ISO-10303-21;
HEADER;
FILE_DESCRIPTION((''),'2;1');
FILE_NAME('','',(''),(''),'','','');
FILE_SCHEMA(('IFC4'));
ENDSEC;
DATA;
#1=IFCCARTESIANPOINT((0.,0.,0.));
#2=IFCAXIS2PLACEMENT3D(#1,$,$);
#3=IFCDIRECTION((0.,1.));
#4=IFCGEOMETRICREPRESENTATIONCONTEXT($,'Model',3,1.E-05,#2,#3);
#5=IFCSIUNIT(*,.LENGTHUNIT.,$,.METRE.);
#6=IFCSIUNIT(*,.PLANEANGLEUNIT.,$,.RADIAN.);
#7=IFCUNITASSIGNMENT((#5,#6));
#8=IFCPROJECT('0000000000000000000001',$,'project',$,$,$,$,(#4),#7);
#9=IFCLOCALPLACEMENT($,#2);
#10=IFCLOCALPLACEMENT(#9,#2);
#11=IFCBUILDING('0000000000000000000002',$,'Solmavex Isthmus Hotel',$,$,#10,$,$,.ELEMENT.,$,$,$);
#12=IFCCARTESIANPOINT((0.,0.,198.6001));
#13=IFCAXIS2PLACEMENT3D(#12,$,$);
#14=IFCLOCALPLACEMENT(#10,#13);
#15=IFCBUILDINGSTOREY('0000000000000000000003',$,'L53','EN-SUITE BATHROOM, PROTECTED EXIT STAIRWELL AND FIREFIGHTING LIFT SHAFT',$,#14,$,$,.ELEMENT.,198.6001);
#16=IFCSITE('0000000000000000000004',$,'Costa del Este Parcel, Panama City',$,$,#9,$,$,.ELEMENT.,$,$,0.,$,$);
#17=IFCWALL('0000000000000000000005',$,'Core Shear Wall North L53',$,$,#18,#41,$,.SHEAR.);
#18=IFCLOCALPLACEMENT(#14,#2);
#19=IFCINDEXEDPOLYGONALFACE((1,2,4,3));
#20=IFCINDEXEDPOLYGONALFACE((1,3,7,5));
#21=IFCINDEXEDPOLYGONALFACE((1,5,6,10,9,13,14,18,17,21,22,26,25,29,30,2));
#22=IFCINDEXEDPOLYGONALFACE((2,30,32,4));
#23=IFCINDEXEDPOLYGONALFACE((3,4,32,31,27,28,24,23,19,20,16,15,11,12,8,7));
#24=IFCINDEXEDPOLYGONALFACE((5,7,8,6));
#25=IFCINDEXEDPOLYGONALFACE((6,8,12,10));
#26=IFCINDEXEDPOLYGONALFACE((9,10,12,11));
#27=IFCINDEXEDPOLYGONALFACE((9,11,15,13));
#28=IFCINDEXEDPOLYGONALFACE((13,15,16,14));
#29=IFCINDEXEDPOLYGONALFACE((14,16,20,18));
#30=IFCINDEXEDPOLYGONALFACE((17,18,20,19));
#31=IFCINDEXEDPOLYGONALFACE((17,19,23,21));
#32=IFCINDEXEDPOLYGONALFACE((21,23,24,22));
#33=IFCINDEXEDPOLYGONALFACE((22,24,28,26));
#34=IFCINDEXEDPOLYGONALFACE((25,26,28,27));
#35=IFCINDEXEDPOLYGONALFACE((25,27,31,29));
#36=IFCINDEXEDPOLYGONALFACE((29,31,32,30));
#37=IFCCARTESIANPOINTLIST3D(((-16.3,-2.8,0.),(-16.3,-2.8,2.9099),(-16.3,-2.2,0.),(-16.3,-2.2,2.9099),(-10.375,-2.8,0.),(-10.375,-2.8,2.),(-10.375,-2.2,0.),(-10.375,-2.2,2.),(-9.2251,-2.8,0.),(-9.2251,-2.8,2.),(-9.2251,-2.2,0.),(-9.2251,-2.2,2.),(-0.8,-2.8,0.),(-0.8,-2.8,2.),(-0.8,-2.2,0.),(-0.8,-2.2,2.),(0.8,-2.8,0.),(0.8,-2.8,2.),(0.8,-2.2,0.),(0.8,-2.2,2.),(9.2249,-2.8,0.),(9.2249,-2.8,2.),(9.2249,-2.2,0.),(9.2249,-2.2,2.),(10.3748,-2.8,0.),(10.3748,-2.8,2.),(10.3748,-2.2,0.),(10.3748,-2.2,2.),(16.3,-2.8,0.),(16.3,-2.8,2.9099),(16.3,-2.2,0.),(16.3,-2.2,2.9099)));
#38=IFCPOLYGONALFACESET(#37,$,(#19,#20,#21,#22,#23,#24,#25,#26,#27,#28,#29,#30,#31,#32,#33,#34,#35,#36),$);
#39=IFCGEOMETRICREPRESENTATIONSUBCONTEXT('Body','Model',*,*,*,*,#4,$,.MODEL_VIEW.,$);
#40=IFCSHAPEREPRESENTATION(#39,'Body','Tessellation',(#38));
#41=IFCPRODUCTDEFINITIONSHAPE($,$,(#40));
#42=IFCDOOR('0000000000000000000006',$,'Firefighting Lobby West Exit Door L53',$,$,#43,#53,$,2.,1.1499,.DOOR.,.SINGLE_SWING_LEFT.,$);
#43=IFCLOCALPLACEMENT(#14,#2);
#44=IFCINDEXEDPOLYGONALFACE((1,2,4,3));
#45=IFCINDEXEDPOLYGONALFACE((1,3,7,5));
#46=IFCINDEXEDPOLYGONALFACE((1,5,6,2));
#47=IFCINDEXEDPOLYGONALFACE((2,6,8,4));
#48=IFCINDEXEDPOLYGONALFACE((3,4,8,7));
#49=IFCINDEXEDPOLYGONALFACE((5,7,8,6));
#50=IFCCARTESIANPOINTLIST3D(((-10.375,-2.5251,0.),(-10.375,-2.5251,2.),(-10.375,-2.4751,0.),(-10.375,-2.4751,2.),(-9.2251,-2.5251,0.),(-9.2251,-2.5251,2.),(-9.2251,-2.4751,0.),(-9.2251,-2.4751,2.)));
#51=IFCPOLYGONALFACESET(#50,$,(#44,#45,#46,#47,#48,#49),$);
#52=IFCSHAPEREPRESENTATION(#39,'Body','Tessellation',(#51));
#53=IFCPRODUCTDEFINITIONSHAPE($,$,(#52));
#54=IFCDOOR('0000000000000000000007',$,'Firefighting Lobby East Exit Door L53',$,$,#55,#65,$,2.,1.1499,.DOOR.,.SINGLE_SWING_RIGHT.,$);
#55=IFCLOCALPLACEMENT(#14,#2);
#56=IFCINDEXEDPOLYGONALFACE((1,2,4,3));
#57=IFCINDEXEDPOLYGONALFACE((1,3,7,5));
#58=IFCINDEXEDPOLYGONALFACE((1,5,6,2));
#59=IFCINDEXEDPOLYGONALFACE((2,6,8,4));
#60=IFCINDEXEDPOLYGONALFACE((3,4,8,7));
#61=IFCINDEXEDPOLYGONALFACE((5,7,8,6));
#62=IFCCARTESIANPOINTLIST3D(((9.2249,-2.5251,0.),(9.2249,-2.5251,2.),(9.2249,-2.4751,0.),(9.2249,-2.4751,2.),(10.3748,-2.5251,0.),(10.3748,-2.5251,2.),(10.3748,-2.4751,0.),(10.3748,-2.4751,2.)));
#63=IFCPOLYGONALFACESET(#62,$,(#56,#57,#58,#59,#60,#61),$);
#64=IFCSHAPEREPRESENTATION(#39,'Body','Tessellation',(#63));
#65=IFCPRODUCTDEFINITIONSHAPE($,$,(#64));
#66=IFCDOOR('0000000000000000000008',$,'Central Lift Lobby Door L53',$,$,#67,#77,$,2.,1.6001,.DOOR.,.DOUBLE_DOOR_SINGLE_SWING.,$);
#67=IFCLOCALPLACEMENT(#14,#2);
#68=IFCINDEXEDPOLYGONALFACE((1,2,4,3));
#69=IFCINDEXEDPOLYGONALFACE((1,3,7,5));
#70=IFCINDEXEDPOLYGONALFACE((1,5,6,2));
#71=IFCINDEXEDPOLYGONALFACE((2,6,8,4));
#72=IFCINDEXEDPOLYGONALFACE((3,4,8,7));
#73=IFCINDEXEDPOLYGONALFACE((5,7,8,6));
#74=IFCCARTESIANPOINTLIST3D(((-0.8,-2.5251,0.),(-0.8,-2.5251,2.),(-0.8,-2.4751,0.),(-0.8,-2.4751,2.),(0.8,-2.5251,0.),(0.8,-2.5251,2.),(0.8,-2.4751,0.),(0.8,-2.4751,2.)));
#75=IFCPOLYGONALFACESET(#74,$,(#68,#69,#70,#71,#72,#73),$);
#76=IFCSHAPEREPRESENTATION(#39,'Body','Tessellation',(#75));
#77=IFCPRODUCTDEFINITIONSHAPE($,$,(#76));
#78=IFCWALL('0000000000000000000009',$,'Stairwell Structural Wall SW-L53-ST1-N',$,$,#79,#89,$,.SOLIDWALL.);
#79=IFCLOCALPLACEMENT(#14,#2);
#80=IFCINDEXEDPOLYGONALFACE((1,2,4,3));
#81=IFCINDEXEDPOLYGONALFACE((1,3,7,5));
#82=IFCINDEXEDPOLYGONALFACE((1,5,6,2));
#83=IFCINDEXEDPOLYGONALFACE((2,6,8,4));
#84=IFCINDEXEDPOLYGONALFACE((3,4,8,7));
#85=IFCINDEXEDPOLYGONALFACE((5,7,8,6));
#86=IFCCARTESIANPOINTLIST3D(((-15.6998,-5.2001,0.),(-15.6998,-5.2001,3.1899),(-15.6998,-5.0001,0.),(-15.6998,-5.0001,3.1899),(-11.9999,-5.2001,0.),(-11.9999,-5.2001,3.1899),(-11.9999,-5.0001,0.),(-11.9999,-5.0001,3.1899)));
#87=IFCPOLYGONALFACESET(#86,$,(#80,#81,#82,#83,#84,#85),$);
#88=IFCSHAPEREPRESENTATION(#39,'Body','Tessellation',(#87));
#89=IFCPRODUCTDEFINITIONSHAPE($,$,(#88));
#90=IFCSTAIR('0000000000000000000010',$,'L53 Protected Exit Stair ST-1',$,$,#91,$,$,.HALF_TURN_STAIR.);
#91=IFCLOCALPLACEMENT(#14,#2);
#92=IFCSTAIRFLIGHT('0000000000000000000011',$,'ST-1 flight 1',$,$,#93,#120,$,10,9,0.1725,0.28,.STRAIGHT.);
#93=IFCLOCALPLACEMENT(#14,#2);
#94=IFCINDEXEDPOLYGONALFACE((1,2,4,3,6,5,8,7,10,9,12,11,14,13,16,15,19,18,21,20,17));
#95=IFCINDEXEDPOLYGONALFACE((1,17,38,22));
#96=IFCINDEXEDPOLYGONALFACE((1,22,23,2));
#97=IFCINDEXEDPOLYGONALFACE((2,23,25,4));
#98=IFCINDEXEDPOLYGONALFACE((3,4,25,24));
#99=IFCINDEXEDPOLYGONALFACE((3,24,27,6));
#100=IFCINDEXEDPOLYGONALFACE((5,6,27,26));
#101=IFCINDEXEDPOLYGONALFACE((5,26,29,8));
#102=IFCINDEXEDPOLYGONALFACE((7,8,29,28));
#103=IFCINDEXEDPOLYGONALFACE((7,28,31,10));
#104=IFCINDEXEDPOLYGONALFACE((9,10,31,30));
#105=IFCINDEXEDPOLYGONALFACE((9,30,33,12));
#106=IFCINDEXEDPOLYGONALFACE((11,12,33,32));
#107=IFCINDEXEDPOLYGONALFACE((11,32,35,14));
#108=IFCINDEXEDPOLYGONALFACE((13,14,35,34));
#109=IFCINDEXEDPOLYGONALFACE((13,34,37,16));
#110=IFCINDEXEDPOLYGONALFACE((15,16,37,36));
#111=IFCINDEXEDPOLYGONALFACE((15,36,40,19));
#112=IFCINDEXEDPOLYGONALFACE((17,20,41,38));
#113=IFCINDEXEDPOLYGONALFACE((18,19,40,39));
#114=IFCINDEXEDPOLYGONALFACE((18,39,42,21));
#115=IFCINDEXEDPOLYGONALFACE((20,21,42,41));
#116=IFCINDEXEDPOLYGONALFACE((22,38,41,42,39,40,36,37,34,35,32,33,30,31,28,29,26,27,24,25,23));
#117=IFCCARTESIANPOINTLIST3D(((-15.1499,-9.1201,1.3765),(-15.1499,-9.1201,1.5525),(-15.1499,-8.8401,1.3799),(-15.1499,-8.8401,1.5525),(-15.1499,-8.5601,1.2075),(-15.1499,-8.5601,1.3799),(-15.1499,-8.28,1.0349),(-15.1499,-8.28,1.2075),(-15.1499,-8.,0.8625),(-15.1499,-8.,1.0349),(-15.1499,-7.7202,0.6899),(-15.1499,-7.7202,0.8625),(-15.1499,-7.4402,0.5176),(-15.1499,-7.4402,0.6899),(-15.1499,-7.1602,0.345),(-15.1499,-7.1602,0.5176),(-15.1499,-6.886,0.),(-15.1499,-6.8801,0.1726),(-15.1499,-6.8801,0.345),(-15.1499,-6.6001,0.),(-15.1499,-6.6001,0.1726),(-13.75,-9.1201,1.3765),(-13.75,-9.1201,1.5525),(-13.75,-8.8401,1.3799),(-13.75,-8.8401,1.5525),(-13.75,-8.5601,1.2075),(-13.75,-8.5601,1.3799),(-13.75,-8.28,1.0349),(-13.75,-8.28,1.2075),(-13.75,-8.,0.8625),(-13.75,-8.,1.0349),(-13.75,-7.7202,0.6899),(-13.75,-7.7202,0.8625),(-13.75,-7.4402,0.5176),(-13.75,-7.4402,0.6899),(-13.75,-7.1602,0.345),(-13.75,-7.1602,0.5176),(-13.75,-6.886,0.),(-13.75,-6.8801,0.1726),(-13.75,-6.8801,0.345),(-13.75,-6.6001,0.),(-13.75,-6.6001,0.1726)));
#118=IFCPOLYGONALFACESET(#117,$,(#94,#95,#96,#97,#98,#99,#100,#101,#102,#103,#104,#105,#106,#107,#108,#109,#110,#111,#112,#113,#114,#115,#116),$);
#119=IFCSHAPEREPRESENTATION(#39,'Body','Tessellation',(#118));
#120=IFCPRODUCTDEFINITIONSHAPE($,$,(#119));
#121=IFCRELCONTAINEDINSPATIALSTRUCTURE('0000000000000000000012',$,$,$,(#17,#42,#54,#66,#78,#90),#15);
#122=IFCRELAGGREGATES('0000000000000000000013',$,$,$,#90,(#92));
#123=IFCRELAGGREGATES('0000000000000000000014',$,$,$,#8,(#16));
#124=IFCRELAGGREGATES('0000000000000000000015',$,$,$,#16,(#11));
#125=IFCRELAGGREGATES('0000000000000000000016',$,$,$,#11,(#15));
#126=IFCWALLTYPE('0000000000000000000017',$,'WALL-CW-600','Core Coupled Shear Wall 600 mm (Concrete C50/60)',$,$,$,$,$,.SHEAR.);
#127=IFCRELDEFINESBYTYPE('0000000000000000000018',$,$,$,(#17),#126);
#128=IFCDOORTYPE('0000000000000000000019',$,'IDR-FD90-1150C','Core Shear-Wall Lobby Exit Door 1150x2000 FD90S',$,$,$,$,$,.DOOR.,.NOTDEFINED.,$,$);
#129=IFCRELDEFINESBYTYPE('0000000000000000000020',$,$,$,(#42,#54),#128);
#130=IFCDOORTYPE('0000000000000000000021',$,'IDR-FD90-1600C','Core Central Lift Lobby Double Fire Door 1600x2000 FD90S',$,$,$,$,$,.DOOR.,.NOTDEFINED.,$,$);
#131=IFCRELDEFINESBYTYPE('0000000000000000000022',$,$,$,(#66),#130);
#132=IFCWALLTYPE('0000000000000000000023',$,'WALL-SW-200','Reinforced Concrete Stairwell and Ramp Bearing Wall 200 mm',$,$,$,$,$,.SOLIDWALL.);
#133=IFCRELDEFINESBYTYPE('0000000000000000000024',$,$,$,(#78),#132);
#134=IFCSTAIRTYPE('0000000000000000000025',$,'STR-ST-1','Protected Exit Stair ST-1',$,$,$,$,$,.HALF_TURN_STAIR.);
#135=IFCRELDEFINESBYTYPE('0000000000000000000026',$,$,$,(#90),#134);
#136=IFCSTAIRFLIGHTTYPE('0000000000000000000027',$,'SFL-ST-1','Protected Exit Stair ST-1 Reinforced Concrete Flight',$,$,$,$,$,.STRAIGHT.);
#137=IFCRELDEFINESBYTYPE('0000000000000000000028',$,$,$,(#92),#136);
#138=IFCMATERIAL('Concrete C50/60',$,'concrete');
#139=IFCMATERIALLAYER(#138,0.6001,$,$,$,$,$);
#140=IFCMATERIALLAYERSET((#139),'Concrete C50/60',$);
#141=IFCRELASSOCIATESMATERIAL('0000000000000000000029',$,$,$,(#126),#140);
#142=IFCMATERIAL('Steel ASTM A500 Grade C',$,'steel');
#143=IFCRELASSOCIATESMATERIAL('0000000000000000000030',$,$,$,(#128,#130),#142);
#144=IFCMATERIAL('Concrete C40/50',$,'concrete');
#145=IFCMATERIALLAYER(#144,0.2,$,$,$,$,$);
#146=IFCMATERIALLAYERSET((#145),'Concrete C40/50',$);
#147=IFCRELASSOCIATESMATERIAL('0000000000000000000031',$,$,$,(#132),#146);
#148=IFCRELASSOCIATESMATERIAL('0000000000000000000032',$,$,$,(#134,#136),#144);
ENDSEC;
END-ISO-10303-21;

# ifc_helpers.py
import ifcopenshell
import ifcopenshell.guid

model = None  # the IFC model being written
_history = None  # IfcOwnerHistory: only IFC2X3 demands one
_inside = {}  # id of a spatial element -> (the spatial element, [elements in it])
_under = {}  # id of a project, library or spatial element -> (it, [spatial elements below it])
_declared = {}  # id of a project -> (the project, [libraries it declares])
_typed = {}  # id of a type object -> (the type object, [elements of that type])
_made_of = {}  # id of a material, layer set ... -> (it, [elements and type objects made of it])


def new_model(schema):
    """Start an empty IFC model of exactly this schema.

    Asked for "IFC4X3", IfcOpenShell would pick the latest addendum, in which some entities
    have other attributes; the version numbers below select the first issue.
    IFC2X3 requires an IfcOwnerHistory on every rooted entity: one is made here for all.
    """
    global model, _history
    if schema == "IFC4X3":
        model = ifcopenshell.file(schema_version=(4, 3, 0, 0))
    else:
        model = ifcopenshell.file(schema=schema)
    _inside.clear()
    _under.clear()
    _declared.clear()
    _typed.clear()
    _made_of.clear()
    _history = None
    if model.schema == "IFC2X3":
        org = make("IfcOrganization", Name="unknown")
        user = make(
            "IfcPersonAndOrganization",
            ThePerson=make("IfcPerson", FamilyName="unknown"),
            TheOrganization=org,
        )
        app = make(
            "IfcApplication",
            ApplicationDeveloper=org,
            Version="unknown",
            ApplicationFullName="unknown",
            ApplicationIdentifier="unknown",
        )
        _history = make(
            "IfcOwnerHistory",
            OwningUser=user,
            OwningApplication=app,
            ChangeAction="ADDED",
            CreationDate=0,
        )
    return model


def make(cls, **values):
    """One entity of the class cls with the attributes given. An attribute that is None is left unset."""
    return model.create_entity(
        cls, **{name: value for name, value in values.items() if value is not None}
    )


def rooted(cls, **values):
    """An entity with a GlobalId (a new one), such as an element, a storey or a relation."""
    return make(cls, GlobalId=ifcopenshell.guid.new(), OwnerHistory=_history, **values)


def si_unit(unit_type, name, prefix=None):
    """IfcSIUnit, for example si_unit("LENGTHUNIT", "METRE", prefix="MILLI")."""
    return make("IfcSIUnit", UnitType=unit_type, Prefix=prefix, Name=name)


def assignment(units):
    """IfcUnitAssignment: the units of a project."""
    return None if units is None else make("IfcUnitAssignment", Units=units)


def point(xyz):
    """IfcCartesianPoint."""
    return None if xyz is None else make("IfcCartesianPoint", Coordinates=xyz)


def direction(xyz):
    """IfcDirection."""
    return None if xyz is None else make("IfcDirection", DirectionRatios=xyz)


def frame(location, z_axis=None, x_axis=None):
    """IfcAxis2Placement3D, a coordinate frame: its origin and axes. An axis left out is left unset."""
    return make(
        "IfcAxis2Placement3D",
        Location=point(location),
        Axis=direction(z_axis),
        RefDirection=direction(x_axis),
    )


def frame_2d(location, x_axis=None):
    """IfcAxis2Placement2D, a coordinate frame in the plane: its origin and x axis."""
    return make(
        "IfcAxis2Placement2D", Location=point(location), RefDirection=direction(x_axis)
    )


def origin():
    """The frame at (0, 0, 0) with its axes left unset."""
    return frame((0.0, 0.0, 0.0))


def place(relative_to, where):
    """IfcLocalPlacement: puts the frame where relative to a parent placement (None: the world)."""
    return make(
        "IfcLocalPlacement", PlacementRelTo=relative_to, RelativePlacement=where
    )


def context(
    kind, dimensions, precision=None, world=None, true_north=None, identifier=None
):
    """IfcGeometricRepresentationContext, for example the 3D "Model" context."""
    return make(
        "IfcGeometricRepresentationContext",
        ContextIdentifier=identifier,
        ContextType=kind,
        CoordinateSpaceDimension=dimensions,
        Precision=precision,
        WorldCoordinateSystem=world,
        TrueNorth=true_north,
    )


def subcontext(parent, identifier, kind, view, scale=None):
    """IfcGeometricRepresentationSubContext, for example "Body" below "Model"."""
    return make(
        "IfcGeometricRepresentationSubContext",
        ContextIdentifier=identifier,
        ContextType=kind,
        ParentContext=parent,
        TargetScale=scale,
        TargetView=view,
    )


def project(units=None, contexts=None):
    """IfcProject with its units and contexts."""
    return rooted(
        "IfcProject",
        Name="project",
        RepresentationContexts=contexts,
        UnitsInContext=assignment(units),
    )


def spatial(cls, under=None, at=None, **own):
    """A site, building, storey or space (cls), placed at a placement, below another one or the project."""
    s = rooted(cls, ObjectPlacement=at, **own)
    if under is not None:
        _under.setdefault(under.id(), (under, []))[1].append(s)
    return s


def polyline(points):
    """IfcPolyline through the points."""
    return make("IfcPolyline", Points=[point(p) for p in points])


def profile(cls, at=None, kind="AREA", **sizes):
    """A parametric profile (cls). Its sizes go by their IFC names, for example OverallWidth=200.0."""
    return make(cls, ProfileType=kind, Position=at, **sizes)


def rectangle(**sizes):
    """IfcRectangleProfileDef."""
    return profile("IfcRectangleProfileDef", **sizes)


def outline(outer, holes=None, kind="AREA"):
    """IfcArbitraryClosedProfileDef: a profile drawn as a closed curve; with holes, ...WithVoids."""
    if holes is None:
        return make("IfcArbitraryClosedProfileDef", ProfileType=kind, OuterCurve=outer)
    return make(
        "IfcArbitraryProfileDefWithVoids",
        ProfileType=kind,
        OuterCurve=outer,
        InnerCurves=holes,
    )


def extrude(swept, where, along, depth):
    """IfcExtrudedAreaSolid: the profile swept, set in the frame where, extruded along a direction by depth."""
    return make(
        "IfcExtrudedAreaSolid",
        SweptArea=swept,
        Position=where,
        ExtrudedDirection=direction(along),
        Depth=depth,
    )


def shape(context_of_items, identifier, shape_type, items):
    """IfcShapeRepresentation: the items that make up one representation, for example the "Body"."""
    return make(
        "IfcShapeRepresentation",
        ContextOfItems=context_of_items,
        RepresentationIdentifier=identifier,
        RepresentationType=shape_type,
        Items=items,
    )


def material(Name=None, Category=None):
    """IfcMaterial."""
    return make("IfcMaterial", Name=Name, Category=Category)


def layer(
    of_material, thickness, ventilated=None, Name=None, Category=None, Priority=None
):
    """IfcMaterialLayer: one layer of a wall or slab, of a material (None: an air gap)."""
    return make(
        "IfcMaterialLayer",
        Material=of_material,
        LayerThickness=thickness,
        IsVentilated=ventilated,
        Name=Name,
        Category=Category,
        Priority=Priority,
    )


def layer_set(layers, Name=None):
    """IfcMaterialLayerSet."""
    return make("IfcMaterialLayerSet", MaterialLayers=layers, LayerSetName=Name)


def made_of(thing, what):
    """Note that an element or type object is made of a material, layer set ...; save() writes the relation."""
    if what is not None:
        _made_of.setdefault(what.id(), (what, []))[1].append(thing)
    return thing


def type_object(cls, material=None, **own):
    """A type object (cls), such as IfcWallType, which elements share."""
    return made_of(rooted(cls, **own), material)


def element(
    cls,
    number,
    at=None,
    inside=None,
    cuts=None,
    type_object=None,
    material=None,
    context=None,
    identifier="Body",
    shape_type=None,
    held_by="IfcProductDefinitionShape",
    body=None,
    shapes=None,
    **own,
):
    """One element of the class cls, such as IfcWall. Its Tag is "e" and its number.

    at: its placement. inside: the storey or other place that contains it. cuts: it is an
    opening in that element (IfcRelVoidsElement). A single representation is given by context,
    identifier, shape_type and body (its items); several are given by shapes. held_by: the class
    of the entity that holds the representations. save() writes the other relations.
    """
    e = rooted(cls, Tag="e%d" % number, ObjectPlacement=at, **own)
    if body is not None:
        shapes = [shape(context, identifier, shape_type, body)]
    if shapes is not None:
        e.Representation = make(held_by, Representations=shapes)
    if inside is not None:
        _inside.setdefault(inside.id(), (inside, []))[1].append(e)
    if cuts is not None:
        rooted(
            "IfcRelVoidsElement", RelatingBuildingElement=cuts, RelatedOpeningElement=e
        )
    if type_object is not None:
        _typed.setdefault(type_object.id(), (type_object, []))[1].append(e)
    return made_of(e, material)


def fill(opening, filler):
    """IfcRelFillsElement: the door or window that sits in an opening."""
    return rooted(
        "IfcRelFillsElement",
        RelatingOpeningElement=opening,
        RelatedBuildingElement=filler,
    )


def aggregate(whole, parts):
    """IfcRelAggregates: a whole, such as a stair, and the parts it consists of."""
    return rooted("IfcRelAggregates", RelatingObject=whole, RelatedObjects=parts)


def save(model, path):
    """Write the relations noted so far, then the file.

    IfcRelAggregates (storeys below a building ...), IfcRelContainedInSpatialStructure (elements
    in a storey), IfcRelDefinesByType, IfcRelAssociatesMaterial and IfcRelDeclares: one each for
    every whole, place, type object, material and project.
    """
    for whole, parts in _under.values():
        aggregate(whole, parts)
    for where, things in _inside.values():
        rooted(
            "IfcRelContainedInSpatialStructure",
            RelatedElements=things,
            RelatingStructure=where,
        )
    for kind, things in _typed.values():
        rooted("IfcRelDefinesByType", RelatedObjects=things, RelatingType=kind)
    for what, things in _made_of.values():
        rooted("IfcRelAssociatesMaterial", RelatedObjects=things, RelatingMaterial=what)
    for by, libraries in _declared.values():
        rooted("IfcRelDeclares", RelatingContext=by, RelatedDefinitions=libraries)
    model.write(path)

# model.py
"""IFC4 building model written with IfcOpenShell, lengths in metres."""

from ifc_helpers import new_model, si_unit, direction, frame, frame_2d, origin, place, context, subcontext, project, spatial, polyline, rectangle, outline, extrude, material, layer, layer_set, type_object, element, fill, aggregate, save


model = new_model("IFC4")

# Units and contexts
model_context = context("Model", 3, precision=1e-05, world=origin(), true_north=direction((0.0, 1.0)))
body_context = subcontext(model_context, "Body", "Model", "MODEL_VIEW")
ifc_project = project(units=[si_unit("LENGTHUNIT", "METRE"), si_unit("PLANEANGLEUNIT", "RADIAN")], contexts=[model_context])

# Site, building, storey
site_placement = place(None, origin())
site = spatial("IfcSite", under=ifc_project, at=site_placement, Name="Costa del Este Parcel, Panama City", CompositionType="ELEMENT", RefElevation=0.0)
building_placement = place(site_placement, origin())
building = spatial("IfcBuilding", under=site, at=building_placement, Name="Solmavex Isthmus Hotel", CompositionType="ELEMENT")
storey_placement = place(building_placement, frame((0.0, 0.0, 198.6001)))
storey = spatial("IfcBuildingStorey", under=building, at=storey_placement, Name="L53", Description="EN-SUITE BATHROOM, PROTECTED EXIT STAIRWELL AND FIREFIGHTING LIFT SHAFT", CompositionType="ELEMENT", Elevation=198.6001)

# Shared definitions
ifc_material_1 = material(Name="Concrete C50/60", Category="concrete")

# Shared definitions
ifc_material_2 = material(Name="Steel ASTM A500 Grade C", Category="steel")

# Wall, openings, doors
ifc_layer_1 = layer(ifc_material_1, 0.6001)
ifc_layer_set_1 = layer_set([ifc_layer_1], Name="Concrete C50/60")
wall_type_1 = type_object("IfcWallType", Name="WALL-CW-600", Description="Core Coupled Shear Wall 600 mm (Concrete C50/60)", PredefinedType="SHEAR", material=ifc_layer_set_1)
wall_1_placement = place(storey_placement, frame((-16.3, -2.5, 0.0), z_axis=(0.0, 0.0, 1.0), x_axis=(1.0, 0.0, 0.0)))
wall_1 = element("IfcWall", 1, at=wall_1_placement, inside=storey, type_object=wall_type_1, Name="Core Shear Wall North L53", PredefinedType="SHEAR", context=body_context, shape_type="SweptSolid", body=[
    extrude(rectangle(XDim=32.6001, YDim=0.6001, at=frame_2d((16.3, 0.0))), origin(), (0.0, 0.0, 1.0), 2.9099),
])
opening_1_placement = place(wall_1_placement, frame((5.925, 0.0, 0.0)))
opening_1 = element("IfcOpeningElement", 2, at=opening_1_placement, cuts=wall_1, PredefinedType="OPENING", context=body_context, shape_type="SweptSolid", body=[
    extrude(rectangle(XDim=1.1499, YDim=2.0, at=frame_2d((0.575, 1.0))), frame((0.0, 0.3101, 0.0), z_axis=(0.0, -1.0, 0.0), x_axis=(1.0, 0.0, 0.0)), (0.0, 0.0, 1.0), 0.6201),
])
opening_2_placement = place(wall_1_placement, frame((15.5, 0.0, 0.0)))
opening_2 = element("IfcOpeningElement", 3, at=opening_2_placement, cuts=wall_1, PredefinedType="OPENING", context=body_context, shape_type="SweptSolid", body=[
    extrude(rectangle(XDim=1.6001, YDim=2.0, at=frame_2d((0.8, 1.0))), frame((0.0, 0.3101, 0.0), z_axis=(0.0, -1.0, 0.0), x_axis=(1.0, 0.0, 0.0)), (0.0, 0.0, 1.0), 0.6201),
])
opening_3_placement = place(wall_1_placement, frame((25.5249, 0.0, 0.0)))
opening_3 = element("IfcOpeningElement", 4, at=opening_3_placement, cuts=wall_1, PredefinedType="OPENING", context=body_context, shape_type="SweptSolid", body=[
    extrude(rectangle(XDim=1.1499, YDim=2.0, at=frame_2d((0.575, 1.0))), frame((0.0, 0.3101, 0.0), z_axis=(0.0, -1.0, 0.0), x_axis=(1.0, 0.0, 0.0)), (0.0, 0.0, 1.0), 0.6201),
])
door_type_1 = type_object("IfcDoorType", Name="IDR-FD90-1150C", Description="Core Shear-Wall Lobby Exit Door 1150x2000 FD90S", OperationType="NOTDEFINED", PredefinedType="DOOR", material=ifc_material_2)
door_1_placement = place(opening_1_placement, origin())
door_1 = element("IfcDoor", 5, at=door_1_placement, inside=storey, type_object=door_type_1, Name="Firefighting Lobby West Exit Door L53", OperationType="SINGLE_SWING_LEFT", OverallHeight=2.0, OverallWidth=1.1499, PredefinedType="DOOR", context=body_context, shape_type="SweptSolid", body=[
    extrude(rectangle(XDim=1.1499, YDim=2.0, at=frame_2d((0.575, 1.0))), frame((0.0, 0.0249, 0.0), z_axis=(0.0, -1.0, 0.0), x_axis=(1.0, 0.0, 0.0)), (0.0, 0.0, 1.0), 0.05),
])
fill(opening_1, door_1)
door_2_placement = place(opening_3_placement, origin())
door_2 = element("IfcDoor", 6, at=door_2_placement, inside=storey, type_object=door_type_1, Name="Firefighting Lobby East Exit Door L53", OperationType="SINGLE_SWING_RIGHT", OverallHeight=2.0, OverallWidth=1.1499, PredefinedType="DOOR", context=body_context, shape_type="SweptSolid", body=[
    extrude(rectangle(XDim=1.1499, YDim=2.0, at=frame_2d((0.575, 1.0))), frame((0.0, 0.0249, 0.0), z_axis=(0.0, -1.0, 0.0), x_axis=(1.0, 0.0, 0.0)), (0.0, 0.0, 1.0), 0.05),
])
fill(opening_3, door_2)
door_type_2 = type_object("IfcDoorType", Name="IDR-FD90-1600C", Description="Core Central Lift Lobby Double Fire Door 1600x2000 FD90S", OperationType="NOTDEFINED", PredefinedType="DOOR", material=ifc_material_2)
door_3_placement = place(opening_2_placement, origin())
door_3 = element("IfcDoor", 7, at=door_3_placement, inside=storey, type_object=door_type_2, Name="Central Lift Lobby Door L53", OperationType="DOUBLE_DOOR_SINGLE_SWING", OverallHeight=2.0, OverallWidth=1.6001, PredefinedType="DOOR", context=body_context, shape_type="SweptSolid", body=[
    extrude(rectangle(XDim=1.6001, YDim=2.0, at=frame_2d((0.8, 1.0))), frame((0.0, 0.0249, 0.0), z_axis=(0.0, -1.0, 0.0), x_axis=(1.0, 0.0, 0.0)), (0.0, 0.0, 1.0), 0.05),
])
fill(opening_2, door_3)

# Wall
ifc_material_3 = material(Name="Concrete C40/50", Category="concrete")
ifc_layer_2 = layer(ifc_material_3, 0.2)
ifc_layer_set_2 = layer_set([ifc_layer_2], Name="Concrete C40/50")
wall_type_2 = type_object("IfcWallType", Name="WALL-SW-200", Description="Reinforced Concrete Stairwell and Ramp Bearing Wall 200 mm", PredefinedType="SOLIDWALL", material=ifc_layer_set_2)
wall_2_placement = place(storey_placement, frame((-15.7, -5.1001, 0.0), z_axis=(0.0, 0.0, 1.0), x_axis=(1.0, 0.0, 0.0)))
element("IfcWall", 8, at=wall_2_placement, inside=storey, type_object=wall_type_2, Name="Stairwell Structural Wall SW-L53-ST1-N", PredefinedType="SOLIDWALL", context=body_context, shape_type="SweptSolid", body=[
    extrude(rectangle(XDim=3.7, YDim=0.2, at=frame_2d((1.8501, 0.0))), origin(), (0.0, 0.0, 1.0), 3.1899),
])

# Stair, stair flight
stair_type = type_object("IfcStairType", Name="STR-ST-1", Description="Protected Exit Stair ST-1", PredefinedType="HALF_TURN_STAIR", material=ifc_material_3)
stair_placement = place(storey_placement, origin())
stair = element("IfcStair", 9, at=stair_placement, inside=storey, type_object=stair_type, Name="L53 Protected Exit Stair ST-1", PredefinedType="HALF_TURN_STAIR")
stair_flight_type = type_object("IfcStairFlightType", Name="SFL-ST-1", Description="Protected Exit Stair ST-1 Reinforced Concrete Flight", PredefinedType="STRAIGHT", material=ifc_material_3)
stair_flight_placement = place(storey_placement, frame((-14.45, -6.6001, 0.0), z_axis=(0.0, 0.0, 1.0), x_axis=(0.0, -1.0, 0.0)))
stair_flight = element("IfcStairFlight", 10, at=stair_flight_placement, type_object=stair_flight_type, Name="ST-1 flight 1", NumberOfRisers=10, NumberOfTreads=9, PredefinedType="STRAIGHT", RiserHeight=0.1725, TreadLength=0.28, context=body_context, shape_type="SweptSolid", body=[
    extrude(outline(polyline([(0.0, 0.0), (0.0, 0.1726), (0.28, 0.1726), (0.28, 0.345), (0.5601, 0.345), (0.5601, 0.5176), (0.8401, 0.5176), (0.8401, 0.6899), (1.1201, 0.6899), (1.1201, 0.8625), (1.3999, 0.8625), (1.3999, 1.0349), (1.6799, 1.0349), (1.6799, 1.2075), (1.96, 1.2075), (1.96, 1.3799), (2.24, 1.3799), (2.24, 1.5525), (2.52, 1.5525), (2.52, 1.7251), (2.52, 1.3765), (0.2859, 0.0), (0.0, 0.0)])), frame((0.0, 0.7, 0.0), z_axis=(0.0, -1.0, 0.0), x_axis=(1.0, 0.0, 0.0)), (0.0, 0.0, 1.0), 1.3999),
])
aggregate(stair, [stair_flight])

save(model, "model.ifc")
